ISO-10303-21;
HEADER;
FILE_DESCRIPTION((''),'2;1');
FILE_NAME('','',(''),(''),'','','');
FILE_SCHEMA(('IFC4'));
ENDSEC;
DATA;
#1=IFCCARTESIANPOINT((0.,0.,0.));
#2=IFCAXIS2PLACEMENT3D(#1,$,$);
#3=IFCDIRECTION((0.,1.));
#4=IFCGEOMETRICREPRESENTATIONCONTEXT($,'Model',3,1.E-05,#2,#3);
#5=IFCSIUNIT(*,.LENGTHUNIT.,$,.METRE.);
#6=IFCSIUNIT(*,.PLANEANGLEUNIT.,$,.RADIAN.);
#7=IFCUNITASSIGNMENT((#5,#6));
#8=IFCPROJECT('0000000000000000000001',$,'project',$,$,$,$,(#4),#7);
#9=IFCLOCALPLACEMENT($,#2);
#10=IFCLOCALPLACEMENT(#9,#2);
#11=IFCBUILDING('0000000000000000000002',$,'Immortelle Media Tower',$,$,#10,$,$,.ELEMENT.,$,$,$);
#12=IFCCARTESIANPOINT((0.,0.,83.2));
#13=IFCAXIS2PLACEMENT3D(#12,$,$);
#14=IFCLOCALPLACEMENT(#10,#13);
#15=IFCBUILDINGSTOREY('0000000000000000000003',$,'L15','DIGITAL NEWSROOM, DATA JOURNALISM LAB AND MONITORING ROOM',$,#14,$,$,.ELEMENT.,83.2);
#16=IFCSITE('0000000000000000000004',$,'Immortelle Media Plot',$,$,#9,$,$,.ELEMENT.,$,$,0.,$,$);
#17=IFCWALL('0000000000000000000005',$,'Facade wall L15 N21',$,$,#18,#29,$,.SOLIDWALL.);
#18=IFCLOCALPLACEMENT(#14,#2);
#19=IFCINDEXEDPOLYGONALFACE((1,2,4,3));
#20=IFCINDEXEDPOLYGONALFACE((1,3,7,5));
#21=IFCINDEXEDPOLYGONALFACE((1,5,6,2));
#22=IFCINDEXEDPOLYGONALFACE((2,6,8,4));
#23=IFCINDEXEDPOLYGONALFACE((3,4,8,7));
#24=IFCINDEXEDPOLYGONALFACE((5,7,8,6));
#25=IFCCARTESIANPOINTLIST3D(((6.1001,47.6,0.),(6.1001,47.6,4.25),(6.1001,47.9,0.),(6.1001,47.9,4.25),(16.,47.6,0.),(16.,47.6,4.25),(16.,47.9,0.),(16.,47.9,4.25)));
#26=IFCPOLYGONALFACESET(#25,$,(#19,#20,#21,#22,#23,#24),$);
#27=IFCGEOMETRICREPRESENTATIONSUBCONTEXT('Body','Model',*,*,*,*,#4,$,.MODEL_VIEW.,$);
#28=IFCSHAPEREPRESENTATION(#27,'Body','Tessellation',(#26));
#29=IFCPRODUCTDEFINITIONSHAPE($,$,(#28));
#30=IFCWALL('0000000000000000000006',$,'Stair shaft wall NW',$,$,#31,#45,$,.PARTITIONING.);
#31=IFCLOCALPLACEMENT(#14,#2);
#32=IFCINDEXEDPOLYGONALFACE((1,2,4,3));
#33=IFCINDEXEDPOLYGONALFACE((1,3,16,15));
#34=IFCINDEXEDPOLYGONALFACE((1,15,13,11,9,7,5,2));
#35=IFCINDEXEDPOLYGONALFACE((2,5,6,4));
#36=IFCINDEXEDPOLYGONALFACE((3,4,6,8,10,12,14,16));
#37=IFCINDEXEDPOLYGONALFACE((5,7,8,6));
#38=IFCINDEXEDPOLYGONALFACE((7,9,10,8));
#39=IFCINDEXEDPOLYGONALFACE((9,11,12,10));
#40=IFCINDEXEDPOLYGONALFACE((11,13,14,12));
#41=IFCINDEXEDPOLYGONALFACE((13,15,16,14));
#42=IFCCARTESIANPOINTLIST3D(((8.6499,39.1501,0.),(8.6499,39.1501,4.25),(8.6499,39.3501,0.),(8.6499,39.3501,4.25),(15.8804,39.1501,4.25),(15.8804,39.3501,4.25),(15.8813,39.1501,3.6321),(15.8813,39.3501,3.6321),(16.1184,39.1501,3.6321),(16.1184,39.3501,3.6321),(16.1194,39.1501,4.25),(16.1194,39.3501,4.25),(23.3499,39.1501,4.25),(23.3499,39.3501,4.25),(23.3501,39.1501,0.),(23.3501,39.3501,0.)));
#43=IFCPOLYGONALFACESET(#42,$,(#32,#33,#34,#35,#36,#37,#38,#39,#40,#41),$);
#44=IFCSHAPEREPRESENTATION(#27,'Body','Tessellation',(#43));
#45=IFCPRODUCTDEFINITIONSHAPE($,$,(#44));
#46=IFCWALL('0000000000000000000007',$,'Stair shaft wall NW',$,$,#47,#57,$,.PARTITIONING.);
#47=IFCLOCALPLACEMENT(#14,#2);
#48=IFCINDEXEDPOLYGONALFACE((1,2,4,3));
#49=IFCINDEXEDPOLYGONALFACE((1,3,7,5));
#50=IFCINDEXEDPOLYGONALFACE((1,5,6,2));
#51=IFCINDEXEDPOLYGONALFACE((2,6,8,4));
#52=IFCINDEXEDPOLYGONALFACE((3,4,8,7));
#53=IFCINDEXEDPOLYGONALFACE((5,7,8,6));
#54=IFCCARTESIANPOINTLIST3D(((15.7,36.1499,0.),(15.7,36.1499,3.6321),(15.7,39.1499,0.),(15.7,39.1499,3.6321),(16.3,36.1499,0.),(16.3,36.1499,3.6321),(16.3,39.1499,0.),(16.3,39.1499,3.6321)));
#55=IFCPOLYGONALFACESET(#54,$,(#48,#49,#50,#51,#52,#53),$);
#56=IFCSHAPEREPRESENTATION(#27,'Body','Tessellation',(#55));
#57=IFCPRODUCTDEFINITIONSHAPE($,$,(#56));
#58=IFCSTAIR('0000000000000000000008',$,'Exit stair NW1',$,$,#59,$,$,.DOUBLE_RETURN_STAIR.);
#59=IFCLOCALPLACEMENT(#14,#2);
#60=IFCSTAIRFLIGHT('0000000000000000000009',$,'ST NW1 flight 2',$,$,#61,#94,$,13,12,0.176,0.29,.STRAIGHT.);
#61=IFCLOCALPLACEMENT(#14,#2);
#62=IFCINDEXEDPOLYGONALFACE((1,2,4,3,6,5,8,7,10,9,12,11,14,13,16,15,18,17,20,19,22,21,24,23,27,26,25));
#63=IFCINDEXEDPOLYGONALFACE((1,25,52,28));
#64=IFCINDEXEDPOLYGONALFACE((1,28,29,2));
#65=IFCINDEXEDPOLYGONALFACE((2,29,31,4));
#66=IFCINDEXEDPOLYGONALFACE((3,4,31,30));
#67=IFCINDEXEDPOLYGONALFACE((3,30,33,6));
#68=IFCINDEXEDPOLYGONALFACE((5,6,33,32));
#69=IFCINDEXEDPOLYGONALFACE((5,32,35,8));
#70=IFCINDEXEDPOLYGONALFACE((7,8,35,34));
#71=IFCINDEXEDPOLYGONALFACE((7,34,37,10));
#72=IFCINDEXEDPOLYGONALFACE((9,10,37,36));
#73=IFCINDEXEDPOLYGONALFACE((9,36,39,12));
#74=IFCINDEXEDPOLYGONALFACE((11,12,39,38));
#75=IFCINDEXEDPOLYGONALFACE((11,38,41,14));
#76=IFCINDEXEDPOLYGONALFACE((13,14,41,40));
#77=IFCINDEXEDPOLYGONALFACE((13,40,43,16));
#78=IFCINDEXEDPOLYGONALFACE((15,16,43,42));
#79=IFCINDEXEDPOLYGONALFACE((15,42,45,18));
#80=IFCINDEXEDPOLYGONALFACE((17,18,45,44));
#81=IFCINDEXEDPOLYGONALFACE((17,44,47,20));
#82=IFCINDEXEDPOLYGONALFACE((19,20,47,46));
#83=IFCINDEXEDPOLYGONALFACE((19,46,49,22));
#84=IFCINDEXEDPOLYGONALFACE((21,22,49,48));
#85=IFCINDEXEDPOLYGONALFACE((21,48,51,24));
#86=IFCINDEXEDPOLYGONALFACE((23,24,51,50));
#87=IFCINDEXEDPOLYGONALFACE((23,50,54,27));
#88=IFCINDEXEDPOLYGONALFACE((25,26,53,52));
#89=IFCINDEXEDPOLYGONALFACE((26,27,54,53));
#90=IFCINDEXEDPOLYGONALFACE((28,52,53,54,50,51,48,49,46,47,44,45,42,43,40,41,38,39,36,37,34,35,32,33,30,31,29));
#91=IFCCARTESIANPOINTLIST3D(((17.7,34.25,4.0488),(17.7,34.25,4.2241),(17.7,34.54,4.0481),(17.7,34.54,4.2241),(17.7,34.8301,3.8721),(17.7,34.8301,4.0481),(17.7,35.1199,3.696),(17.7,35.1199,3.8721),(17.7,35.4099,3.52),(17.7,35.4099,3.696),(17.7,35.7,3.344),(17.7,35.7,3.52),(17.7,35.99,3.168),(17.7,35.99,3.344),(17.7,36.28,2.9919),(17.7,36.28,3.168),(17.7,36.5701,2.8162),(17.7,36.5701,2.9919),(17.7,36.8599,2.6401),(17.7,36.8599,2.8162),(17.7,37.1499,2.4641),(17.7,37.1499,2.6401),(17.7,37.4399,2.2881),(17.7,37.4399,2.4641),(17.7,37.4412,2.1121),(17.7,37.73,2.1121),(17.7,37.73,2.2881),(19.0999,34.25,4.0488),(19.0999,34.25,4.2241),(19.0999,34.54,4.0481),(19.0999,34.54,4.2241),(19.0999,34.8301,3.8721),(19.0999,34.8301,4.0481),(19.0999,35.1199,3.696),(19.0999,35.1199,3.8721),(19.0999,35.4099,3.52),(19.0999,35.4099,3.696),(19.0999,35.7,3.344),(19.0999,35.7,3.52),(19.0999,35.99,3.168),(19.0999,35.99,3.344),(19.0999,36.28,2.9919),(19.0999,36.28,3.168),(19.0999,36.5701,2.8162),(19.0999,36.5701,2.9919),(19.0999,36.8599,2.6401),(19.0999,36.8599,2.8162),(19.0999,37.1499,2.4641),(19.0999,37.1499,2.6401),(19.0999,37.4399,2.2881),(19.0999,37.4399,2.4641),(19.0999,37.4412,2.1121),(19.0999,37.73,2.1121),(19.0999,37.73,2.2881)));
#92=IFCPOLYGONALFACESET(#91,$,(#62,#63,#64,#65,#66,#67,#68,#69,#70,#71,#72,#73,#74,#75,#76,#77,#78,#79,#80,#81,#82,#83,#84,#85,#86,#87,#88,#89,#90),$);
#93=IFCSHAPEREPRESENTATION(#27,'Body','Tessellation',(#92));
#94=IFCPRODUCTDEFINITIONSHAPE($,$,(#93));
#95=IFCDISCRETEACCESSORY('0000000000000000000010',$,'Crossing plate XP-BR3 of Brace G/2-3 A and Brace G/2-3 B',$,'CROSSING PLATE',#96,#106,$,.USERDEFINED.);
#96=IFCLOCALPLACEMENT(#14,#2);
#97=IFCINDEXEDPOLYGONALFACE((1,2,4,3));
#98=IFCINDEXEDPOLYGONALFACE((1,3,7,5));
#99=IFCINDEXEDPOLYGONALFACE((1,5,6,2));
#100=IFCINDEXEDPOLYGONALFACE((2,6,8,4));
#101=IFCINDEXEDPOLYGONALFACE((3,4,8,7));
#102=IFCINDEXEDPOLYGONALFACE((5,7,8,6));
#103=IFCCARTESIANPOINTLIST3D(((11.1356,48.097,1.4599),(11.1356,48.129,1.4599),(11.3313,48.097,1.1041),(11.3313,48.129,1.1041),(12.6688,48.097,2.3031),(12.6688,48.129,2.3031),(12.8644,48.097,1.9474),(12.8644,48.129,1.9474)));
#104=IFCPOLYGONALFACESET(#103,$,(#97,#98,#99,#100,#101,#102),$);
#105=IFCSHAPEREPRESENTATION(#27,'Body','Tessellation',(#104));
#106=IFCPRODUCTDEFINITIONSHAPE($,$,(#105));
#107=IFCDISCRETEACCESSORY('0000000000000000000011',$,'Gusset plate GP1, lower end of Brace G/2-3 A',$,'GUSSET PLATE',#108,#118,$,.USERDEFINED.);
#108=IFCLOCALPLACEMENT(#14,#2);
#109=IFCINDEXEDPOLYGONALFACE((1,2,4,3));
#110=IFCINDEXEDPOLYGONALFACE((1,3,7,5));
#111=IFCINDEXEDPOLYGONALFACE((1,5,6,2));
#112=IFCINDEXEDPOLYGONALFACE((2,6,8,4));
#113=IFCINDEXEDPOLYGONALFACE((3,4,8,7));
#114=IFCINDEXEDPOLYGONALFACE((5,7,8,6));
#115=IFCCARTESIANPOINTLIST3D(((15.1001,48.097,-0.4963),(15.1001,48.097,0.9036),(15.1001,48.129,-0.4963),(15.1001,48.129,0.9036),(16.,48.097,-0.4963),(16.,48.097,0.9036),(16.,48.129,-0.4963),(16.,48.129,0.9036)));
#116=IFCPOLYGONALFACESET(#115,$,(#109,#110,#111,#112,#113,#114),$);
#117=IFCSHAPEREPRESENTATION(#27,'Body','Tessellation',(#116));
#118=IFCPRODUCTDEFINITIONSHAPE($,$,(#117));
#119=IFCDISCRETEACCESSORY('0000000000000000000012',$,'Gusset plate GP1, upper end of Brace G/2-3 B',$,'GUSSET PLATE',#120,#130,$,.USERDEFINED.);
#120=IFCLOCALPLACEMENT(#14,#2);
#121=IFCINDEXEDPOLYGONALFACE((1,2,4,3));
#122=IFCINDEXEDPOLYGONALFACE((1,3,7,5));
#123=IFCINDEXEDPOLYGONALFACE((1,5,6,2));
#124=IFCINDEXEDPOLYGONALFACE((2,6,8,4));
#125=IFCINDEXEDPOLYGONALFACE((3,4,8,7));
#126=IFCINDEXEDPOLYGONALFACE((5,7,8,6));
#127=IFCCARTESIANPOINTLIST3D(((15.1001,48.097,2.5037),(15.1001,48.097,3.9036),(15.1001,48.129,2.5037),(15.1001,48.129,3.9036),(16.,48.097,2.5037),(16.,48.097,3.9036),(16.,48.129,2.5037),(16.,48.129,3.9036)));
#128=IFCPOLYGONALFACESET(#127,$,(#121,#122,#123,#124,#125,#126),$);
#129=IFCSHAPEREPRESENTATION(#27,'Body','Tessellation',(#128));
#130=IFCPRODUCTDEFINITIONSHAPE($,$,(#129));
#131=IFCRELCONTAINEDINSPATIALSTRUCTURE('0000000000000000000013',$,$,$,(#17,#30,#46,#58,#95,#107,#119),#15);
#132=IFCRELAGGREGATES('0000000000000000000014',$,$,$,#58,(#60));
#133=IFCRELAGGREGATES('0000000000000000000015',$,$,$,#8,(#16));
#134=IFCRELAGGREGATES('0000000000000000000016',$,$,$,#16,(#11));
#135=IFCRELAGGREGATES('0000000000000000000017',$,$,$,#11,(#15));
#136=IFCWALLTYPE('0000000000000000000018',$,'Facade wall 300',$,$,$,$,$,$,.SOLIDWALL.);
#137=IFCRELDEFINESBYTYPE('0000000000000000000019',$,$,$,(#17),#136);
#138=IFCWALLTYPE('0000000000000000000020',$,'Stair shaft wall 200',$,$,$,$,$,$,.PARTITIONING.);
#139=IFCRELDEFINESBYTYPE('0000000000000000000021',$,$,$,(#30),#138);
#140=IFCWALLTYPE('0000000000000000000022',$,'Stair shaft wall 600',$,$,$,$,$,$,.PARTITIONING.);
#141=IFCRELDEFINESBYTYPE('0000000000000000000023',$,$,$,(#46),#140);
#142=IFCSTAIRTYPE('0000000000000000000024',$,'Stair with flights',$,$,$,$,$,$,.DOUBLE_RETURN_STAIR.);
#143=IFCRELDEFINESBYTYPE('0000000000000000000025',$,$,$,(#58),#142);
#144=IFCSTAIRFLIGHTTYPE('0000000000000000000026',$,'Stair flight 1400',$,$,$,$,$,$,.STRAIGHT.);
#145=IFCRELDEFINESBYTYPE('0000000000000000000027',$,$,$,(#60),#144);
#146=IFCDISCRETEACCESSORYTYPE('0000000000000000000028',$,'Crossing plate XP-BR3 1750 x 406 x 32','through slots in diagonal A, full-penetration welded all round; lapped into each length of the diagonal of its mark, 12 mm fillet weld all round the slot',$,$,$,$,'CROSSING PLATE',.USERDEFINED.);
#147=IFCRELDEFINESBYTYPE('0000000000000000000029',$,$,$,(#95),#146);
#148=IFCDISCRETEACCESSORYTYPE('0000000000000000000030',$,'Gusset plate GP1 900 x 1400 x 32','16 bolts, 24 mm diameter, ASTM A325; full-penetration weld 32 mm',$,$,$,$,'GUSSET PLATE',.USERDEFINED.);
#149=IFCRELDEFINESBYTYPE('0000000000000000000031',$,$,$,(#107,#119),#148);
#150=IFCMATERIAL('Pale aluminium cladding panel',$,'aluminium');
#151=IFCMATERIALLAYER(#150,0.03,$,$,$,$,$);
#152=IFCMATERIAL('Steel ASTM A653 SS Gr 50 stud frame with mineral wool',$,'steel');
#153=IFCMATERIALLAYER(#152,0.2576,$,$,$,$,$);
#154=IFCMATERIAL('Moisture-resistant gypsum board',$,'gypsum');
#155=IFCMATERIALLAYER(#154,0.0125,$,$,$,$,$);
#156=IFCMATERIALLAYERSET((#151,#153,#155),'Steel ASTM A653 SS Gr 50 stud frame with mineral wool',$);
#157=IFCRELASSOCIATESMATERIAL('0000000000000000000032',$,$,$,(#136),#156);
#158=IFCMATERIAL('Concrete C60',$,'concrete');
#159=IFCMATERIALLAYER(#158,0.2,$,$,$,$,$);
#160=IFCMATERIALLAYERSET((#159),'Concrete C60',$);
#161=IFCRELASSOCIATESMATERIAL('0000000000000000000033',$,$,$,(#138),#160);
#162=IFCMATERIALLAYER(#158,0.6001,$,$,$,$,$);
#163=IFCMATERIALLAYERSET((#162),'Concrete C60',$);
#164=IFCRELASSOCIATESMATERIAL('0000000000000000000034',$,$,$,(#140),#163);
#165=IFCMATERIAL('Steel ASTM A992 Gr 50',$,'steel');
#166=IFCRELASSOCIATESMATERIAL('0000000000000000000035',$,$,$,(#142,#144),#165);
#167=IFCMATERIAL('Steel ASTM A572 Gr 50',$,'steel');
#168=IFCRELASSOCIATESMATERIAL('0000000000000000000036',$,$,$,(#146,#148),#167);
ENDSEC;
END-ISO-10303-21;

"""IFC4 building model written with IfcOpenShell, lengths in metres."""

from ifc_helpers import new_model, si_unit, direction, frame, frame_2d, origin, origin_2d, place, context, subcontext, project, spatial, polyline, rectangle, outline, extrude, material, layer, layer_set, material_profile, profile_set, type_object, element, aggregate, save


model = new_model("IFC4")

# Units and contexts
model_context = context("Model", 3, precision=1e-05, world=origin(), true_north=direction((0.0, 1.0)))
body_context = subcontext(model_context, "Body", "Model", "MODEL_VIEW")
ifc_project = project(units=[si_unit("LENGTHUNIT", "METRE"), si_unit("PLANEANGLEUNIT", "RADIAN")], contexts=[model_context])

# Site, building, storey
site_placement = place(None, origin())
site = spatial("IfcSite", under=ifc_project, at=site_placement, Name="Immortelle Media Plot", CompositionType="ELEMENT", RefElevation=0.0)
building_placement = place(site_placement, origin())
building = spatial("IfcBuilding", under=site, at=building_placement, Name="Immortelle Media Tower", CompositionType="ELEMENT")
storey_placement = place(building_placement, frame((0.0, 0.0, 83.2)))
storey = spatial("IfcBuildingStorey", under=building, at=storey_placement, Name="L15", Description="DIGITAL NEWSROOM, DATA JOURNALISM LAB AND MONITORING ROOM", CompositionType="ELEMENT", Elevation=83.2)

# Shared definitions
ifc_material_1 = material(Name="Steel ASTM A992 Gr 50", Category="steel")

# Walls
ifc_material_2 = material(Name="Pale aluminium cladding panel", Category="aluminium")
ifc_layer_1 = layer(ifc_material_2, 0.03)
ifc_material_3 = material(Name="Steel ASTM A653 SS Gr 50 stud frame with mineral wool", Category="steel")
ifc_layer_2 = layer(ifc_material_3, 0.2576)
ifc_material_4 = material(Name="Moisture-resistant gypsum board", Category="gypsum")
ifc_layer_3 = layer(ifc_material_4, 0.0125)
ifc_layer_set_1 = layer_set([ifc_layer_1, ifc_layer_2, ifc_layer_3], Name="Steel ASTM A653 SS Gr 50 stud frame with mineral wool")
wall_type_1 = type_object("IfcWallType", Name="Facade wall 300", PredefinedType="SOLIDWALL", material=ifc_layer_set_1)
wall_1_placement = place(storey_placement, frame((16.0, 47.75, 0.0), z_axis=(0.0, 0.0, 1.0), x_axis=(-1.0, 0.0, 0.0)))
element("IfcWall", 1, at=wall_1_placement, inside=storey, type_object=wall_type_1, Name="Facade wall L15 N21", PredefinedType="SOLIDWALL", context=body_context, shape_type="SweptSolid", body=[
    extrude(rectangle(XDim=9.8999, YDim=0.3, at=frame_2d((4.95, 0.0))), origin(), (0.0, 0.0, 1.0), 4.25),
])
ifc_material_5 = material(Name="Concrete C60", Category="concrete")
ifc_layer_4 = layer(ifc_material_5, 0.2)
ifc_layer_set_2 = layer_set([ifc_layer_4], Name="Concrete C60")
wall_type_2 = type_object("IfcWallType", Name="Stair shaft wall 200", PredefinedType="PARTITIONING", material=ifc_layer_set_2)
wall_2_placement = place(storey_placement, frame((8.6499, 39.25, 0.0), z_axis=(0.0, 0.0, 1.0), x_axis=(1.0, 0.0, 0.0)))
element("IfcWall", 2, at=wall_2_placement, inside=storey, type_object=wall_type_2, Name="Stair shaft wall NW", PredefinedType="PARTITIONING", context=body_context, shape_type="SweptSolid", body=[
    extrude(outline(polyline([(0.0, 0.0), (14.7002, 0.0), (14.7, 4.25), (7.4695, 4.25), (7.4685, 3.6321), (7.2314, 3.6321), (7.2305, 4.25), (0.0, 4.25), (0.0, 0.0)])), frame((0.0, 0.1001, 0.0), z_axis=(0.0, -1.0, 0.0), x_axis=(1.0, 0.0, 0.0)), (0.0, 0.0, 1.0), 0.2),
])
ifc_layer_5 = layer(ifc_material_5, 0.6001)
ifc_layer_set_3 = layer_set([ifc_layer_5], Name="Concrete C60")
wall_type_3 = type_object("IfcWallType", Name="Stair shaft wall 600", PredefinedType="PARTITIONING", material=ifc_layer_set_3)
wall_3_placement = place(storey_placement, frame((16.0, 36.1499, 0.0), z_axis=(0.0, 0.0, 1.0), x_axis=(0.0, 1.0, 0.0)))
element("IfcWall", 3, at=wall_3_placement, inside=storey, type_object=wall_type_3, Name="Stair shaft wall NW", PredefinedType="PARTITIONING", context=body_context, shape_type="SweptSolid", body=[
    extrude(rectangle(XDim=3.0, YDim=0.6001, at=frame_2d((1.5, 0.0))), origin(), (0.0, 0.0, 1.0), 3.6321),
])

# Stair, stair flight
stair_type = type_object("IfcStairType", Name="Stair with flights", PredefinedType="DOUBLE_RETURN_STAIR", material=ifc_material_1)
stair_placement = place(storey_placement, origin())
stair = element("IfcStair", 4, at=stair_placement, inside=storey, type_object=stair_type, Name="Exit stair NW1", PredefinedType="DOUBLE_RETURN_STAIR")
stair_flight_type = type_object("IfcStairFlightType", Name="Stair flight 1400", PredefinedType="STRAIGHT", material=ifc_material_1)
stair_flight_placement = place(storey_placement, frame((18.3999, 37.73, 2.1121), z_axis=(0.0, 0.0, 1.0), x_axis=(0.0, -1.0, 0.0)))
stair_flight = element("IfcStairFlight", 5, at=stair_flight_placement, type_object=stair_flight_type, Name="ST NW1 flight 2", NumberOfRisers=13, NumberOfTreads=12, PredefinedType="STRAIGHT", RiserHeight=0.176, TreadLength=0.29, context=body_context, shape_type="SweptSolid", body=[
    extrude(outline(polyline([(0.0, 0.0), (0.0, 0.176), (0.29, 0.176), (0.29, 0.3521), (0.5801, 0.3521), (0.5801, 0.5281), (0.8701, 0.5281), (0.8701, 0.7041), (1.1599, 0.7041), (1.1599, 0.8799), (1.45, 0.8799), (1.45, 1.0559), (1.74, 1.0559), (1.74, 1.2319), (2.03, 1.2319), (2.03, 1.408), (2.3201, 1.408), (2.3201, 1.584), (2.6101, 1.584), (2.6101, 1.76), (2.8999, 1.76), (2.8999, 1.936), (3.1899, 1.936), (3.1899, 2.1121), (3.48, 2.1121), (3.48, 2.2881), (3.48, 1.9368), (0.2888, 0.0), (0.0, 0.0)])), frame((0.0, 0.7, 0.0), z_axis=(0.0, -1.0, 0.0), x_axis=(1.0, 0.0, 0.0)), (0.0, 0.0, 1.0), 1.3999),
])
aggregate(stair, [stair_flight])

# Discrete accessories
ifc_material_6 = material(Name="Steel ASTM A572 Gr 50", Category="steel")
ifc_material_profile_1 = material_profile(ifc_material_6, rectangle(XDim=0.032, YDim=0.406, at=origin_2d()), Name="PL 32 x 406")
ifc_profile_set_1 = profile_set([ifc_material_profile_1], Name="Steel ASTM A572 Gr 50")
discrete_accessory_type_1 = type_object("IfcDiscreteAccessoryType", Name="Crossing plate XP-BR3 1750 x 406 x 32", Description="through slots in diagonal A, full-penetration welded all round; lapped into each length of the diagonal of its mark, 12 mm fillet weld all round the slot", ElementType="CROSSING PLATE", PredefinedType="USERDEFINED", material=ifc_profile_set_1)
discrete_accessory_placement = place(storey_placement, frame((12.7666, 48.113, 2.1252), z_axis=(-0.876216, 0.0, -0.481919), x_axis=(0.0, -1.0, 0.0)))
element("IfcDiscreteAccessory", 6, at=discrete_accessory_placement, inside=storey, type_object=discrete_accessory_type_1, Name="Crossing plate XP-BR3 of Brace G/2-3 A and Brace G/2-3 B", ObjectType="CROSSING PLATE", PredefinedType="USERDEFINED", context=body_context, shape_type="SweptSolid", body=[
    extrude(rectangle(XDim=0.032, YDim=0.406, at=origin_2d()), origin(), (0.0, 0.0, 1.0), 1.7498),
])
ifc_material_profile_2 = material_profile(ifc_material_6, rectangle(XDim=0.032, YDim=1.3999, at=origin_2d()), Name="PL 32 x 1400")
ifc_profile_set_2 = profile_set([ifc_material_profile_2], Name="Steel ASTM A572 Gr 50")
discrete_accessory_type_2 = type_object("IfcDiscreteAccessoryType", Name="Gusset plate GP1 900 x 1400 x 32", Description="16 bolts, 24 mm diameter, ASTM A325; full-penetration weld 32 mm", ElementType="GUSSET PLATE", PredefinedType="USERDEFINED", material=ifc_profile_set_2)
for number, where, z_axis, x_axis, name in (
    (7, (16.0, 48.113, 0.2036), (-1.0, 0.0, 0.0), (0.0, -1.0, 0.0), "Gusset plate GP1, lower end of Brace G/2-3 A"),
    (8, (16.0, 48.113, 3.2036), (-1.0, 0.0, 0.0), (0.0, -1.0, 0.0), "Gusset plate GP1, upper end of Brace G/2-3 B"),
):
    element("IfcDiscreteAccessory", number, at=place(storey_placement, frame(where, z_axis=z_axis, x_axis=x_axis)), inside=storey, type_object=discrete_accessory_type_2, Name=name, ObjectType="GUSSET PLATE", PredefinedType="USERDEFINED", context=body_context, shape_type="SweptSolid", body=[
        extrude(rectangle(XDim=0.032, YDim=1.3999, at=origin_2d()), origin(), (0.0, 0.0, 1.0), 0.8999),
    ])

save(model, "model.ifc")
